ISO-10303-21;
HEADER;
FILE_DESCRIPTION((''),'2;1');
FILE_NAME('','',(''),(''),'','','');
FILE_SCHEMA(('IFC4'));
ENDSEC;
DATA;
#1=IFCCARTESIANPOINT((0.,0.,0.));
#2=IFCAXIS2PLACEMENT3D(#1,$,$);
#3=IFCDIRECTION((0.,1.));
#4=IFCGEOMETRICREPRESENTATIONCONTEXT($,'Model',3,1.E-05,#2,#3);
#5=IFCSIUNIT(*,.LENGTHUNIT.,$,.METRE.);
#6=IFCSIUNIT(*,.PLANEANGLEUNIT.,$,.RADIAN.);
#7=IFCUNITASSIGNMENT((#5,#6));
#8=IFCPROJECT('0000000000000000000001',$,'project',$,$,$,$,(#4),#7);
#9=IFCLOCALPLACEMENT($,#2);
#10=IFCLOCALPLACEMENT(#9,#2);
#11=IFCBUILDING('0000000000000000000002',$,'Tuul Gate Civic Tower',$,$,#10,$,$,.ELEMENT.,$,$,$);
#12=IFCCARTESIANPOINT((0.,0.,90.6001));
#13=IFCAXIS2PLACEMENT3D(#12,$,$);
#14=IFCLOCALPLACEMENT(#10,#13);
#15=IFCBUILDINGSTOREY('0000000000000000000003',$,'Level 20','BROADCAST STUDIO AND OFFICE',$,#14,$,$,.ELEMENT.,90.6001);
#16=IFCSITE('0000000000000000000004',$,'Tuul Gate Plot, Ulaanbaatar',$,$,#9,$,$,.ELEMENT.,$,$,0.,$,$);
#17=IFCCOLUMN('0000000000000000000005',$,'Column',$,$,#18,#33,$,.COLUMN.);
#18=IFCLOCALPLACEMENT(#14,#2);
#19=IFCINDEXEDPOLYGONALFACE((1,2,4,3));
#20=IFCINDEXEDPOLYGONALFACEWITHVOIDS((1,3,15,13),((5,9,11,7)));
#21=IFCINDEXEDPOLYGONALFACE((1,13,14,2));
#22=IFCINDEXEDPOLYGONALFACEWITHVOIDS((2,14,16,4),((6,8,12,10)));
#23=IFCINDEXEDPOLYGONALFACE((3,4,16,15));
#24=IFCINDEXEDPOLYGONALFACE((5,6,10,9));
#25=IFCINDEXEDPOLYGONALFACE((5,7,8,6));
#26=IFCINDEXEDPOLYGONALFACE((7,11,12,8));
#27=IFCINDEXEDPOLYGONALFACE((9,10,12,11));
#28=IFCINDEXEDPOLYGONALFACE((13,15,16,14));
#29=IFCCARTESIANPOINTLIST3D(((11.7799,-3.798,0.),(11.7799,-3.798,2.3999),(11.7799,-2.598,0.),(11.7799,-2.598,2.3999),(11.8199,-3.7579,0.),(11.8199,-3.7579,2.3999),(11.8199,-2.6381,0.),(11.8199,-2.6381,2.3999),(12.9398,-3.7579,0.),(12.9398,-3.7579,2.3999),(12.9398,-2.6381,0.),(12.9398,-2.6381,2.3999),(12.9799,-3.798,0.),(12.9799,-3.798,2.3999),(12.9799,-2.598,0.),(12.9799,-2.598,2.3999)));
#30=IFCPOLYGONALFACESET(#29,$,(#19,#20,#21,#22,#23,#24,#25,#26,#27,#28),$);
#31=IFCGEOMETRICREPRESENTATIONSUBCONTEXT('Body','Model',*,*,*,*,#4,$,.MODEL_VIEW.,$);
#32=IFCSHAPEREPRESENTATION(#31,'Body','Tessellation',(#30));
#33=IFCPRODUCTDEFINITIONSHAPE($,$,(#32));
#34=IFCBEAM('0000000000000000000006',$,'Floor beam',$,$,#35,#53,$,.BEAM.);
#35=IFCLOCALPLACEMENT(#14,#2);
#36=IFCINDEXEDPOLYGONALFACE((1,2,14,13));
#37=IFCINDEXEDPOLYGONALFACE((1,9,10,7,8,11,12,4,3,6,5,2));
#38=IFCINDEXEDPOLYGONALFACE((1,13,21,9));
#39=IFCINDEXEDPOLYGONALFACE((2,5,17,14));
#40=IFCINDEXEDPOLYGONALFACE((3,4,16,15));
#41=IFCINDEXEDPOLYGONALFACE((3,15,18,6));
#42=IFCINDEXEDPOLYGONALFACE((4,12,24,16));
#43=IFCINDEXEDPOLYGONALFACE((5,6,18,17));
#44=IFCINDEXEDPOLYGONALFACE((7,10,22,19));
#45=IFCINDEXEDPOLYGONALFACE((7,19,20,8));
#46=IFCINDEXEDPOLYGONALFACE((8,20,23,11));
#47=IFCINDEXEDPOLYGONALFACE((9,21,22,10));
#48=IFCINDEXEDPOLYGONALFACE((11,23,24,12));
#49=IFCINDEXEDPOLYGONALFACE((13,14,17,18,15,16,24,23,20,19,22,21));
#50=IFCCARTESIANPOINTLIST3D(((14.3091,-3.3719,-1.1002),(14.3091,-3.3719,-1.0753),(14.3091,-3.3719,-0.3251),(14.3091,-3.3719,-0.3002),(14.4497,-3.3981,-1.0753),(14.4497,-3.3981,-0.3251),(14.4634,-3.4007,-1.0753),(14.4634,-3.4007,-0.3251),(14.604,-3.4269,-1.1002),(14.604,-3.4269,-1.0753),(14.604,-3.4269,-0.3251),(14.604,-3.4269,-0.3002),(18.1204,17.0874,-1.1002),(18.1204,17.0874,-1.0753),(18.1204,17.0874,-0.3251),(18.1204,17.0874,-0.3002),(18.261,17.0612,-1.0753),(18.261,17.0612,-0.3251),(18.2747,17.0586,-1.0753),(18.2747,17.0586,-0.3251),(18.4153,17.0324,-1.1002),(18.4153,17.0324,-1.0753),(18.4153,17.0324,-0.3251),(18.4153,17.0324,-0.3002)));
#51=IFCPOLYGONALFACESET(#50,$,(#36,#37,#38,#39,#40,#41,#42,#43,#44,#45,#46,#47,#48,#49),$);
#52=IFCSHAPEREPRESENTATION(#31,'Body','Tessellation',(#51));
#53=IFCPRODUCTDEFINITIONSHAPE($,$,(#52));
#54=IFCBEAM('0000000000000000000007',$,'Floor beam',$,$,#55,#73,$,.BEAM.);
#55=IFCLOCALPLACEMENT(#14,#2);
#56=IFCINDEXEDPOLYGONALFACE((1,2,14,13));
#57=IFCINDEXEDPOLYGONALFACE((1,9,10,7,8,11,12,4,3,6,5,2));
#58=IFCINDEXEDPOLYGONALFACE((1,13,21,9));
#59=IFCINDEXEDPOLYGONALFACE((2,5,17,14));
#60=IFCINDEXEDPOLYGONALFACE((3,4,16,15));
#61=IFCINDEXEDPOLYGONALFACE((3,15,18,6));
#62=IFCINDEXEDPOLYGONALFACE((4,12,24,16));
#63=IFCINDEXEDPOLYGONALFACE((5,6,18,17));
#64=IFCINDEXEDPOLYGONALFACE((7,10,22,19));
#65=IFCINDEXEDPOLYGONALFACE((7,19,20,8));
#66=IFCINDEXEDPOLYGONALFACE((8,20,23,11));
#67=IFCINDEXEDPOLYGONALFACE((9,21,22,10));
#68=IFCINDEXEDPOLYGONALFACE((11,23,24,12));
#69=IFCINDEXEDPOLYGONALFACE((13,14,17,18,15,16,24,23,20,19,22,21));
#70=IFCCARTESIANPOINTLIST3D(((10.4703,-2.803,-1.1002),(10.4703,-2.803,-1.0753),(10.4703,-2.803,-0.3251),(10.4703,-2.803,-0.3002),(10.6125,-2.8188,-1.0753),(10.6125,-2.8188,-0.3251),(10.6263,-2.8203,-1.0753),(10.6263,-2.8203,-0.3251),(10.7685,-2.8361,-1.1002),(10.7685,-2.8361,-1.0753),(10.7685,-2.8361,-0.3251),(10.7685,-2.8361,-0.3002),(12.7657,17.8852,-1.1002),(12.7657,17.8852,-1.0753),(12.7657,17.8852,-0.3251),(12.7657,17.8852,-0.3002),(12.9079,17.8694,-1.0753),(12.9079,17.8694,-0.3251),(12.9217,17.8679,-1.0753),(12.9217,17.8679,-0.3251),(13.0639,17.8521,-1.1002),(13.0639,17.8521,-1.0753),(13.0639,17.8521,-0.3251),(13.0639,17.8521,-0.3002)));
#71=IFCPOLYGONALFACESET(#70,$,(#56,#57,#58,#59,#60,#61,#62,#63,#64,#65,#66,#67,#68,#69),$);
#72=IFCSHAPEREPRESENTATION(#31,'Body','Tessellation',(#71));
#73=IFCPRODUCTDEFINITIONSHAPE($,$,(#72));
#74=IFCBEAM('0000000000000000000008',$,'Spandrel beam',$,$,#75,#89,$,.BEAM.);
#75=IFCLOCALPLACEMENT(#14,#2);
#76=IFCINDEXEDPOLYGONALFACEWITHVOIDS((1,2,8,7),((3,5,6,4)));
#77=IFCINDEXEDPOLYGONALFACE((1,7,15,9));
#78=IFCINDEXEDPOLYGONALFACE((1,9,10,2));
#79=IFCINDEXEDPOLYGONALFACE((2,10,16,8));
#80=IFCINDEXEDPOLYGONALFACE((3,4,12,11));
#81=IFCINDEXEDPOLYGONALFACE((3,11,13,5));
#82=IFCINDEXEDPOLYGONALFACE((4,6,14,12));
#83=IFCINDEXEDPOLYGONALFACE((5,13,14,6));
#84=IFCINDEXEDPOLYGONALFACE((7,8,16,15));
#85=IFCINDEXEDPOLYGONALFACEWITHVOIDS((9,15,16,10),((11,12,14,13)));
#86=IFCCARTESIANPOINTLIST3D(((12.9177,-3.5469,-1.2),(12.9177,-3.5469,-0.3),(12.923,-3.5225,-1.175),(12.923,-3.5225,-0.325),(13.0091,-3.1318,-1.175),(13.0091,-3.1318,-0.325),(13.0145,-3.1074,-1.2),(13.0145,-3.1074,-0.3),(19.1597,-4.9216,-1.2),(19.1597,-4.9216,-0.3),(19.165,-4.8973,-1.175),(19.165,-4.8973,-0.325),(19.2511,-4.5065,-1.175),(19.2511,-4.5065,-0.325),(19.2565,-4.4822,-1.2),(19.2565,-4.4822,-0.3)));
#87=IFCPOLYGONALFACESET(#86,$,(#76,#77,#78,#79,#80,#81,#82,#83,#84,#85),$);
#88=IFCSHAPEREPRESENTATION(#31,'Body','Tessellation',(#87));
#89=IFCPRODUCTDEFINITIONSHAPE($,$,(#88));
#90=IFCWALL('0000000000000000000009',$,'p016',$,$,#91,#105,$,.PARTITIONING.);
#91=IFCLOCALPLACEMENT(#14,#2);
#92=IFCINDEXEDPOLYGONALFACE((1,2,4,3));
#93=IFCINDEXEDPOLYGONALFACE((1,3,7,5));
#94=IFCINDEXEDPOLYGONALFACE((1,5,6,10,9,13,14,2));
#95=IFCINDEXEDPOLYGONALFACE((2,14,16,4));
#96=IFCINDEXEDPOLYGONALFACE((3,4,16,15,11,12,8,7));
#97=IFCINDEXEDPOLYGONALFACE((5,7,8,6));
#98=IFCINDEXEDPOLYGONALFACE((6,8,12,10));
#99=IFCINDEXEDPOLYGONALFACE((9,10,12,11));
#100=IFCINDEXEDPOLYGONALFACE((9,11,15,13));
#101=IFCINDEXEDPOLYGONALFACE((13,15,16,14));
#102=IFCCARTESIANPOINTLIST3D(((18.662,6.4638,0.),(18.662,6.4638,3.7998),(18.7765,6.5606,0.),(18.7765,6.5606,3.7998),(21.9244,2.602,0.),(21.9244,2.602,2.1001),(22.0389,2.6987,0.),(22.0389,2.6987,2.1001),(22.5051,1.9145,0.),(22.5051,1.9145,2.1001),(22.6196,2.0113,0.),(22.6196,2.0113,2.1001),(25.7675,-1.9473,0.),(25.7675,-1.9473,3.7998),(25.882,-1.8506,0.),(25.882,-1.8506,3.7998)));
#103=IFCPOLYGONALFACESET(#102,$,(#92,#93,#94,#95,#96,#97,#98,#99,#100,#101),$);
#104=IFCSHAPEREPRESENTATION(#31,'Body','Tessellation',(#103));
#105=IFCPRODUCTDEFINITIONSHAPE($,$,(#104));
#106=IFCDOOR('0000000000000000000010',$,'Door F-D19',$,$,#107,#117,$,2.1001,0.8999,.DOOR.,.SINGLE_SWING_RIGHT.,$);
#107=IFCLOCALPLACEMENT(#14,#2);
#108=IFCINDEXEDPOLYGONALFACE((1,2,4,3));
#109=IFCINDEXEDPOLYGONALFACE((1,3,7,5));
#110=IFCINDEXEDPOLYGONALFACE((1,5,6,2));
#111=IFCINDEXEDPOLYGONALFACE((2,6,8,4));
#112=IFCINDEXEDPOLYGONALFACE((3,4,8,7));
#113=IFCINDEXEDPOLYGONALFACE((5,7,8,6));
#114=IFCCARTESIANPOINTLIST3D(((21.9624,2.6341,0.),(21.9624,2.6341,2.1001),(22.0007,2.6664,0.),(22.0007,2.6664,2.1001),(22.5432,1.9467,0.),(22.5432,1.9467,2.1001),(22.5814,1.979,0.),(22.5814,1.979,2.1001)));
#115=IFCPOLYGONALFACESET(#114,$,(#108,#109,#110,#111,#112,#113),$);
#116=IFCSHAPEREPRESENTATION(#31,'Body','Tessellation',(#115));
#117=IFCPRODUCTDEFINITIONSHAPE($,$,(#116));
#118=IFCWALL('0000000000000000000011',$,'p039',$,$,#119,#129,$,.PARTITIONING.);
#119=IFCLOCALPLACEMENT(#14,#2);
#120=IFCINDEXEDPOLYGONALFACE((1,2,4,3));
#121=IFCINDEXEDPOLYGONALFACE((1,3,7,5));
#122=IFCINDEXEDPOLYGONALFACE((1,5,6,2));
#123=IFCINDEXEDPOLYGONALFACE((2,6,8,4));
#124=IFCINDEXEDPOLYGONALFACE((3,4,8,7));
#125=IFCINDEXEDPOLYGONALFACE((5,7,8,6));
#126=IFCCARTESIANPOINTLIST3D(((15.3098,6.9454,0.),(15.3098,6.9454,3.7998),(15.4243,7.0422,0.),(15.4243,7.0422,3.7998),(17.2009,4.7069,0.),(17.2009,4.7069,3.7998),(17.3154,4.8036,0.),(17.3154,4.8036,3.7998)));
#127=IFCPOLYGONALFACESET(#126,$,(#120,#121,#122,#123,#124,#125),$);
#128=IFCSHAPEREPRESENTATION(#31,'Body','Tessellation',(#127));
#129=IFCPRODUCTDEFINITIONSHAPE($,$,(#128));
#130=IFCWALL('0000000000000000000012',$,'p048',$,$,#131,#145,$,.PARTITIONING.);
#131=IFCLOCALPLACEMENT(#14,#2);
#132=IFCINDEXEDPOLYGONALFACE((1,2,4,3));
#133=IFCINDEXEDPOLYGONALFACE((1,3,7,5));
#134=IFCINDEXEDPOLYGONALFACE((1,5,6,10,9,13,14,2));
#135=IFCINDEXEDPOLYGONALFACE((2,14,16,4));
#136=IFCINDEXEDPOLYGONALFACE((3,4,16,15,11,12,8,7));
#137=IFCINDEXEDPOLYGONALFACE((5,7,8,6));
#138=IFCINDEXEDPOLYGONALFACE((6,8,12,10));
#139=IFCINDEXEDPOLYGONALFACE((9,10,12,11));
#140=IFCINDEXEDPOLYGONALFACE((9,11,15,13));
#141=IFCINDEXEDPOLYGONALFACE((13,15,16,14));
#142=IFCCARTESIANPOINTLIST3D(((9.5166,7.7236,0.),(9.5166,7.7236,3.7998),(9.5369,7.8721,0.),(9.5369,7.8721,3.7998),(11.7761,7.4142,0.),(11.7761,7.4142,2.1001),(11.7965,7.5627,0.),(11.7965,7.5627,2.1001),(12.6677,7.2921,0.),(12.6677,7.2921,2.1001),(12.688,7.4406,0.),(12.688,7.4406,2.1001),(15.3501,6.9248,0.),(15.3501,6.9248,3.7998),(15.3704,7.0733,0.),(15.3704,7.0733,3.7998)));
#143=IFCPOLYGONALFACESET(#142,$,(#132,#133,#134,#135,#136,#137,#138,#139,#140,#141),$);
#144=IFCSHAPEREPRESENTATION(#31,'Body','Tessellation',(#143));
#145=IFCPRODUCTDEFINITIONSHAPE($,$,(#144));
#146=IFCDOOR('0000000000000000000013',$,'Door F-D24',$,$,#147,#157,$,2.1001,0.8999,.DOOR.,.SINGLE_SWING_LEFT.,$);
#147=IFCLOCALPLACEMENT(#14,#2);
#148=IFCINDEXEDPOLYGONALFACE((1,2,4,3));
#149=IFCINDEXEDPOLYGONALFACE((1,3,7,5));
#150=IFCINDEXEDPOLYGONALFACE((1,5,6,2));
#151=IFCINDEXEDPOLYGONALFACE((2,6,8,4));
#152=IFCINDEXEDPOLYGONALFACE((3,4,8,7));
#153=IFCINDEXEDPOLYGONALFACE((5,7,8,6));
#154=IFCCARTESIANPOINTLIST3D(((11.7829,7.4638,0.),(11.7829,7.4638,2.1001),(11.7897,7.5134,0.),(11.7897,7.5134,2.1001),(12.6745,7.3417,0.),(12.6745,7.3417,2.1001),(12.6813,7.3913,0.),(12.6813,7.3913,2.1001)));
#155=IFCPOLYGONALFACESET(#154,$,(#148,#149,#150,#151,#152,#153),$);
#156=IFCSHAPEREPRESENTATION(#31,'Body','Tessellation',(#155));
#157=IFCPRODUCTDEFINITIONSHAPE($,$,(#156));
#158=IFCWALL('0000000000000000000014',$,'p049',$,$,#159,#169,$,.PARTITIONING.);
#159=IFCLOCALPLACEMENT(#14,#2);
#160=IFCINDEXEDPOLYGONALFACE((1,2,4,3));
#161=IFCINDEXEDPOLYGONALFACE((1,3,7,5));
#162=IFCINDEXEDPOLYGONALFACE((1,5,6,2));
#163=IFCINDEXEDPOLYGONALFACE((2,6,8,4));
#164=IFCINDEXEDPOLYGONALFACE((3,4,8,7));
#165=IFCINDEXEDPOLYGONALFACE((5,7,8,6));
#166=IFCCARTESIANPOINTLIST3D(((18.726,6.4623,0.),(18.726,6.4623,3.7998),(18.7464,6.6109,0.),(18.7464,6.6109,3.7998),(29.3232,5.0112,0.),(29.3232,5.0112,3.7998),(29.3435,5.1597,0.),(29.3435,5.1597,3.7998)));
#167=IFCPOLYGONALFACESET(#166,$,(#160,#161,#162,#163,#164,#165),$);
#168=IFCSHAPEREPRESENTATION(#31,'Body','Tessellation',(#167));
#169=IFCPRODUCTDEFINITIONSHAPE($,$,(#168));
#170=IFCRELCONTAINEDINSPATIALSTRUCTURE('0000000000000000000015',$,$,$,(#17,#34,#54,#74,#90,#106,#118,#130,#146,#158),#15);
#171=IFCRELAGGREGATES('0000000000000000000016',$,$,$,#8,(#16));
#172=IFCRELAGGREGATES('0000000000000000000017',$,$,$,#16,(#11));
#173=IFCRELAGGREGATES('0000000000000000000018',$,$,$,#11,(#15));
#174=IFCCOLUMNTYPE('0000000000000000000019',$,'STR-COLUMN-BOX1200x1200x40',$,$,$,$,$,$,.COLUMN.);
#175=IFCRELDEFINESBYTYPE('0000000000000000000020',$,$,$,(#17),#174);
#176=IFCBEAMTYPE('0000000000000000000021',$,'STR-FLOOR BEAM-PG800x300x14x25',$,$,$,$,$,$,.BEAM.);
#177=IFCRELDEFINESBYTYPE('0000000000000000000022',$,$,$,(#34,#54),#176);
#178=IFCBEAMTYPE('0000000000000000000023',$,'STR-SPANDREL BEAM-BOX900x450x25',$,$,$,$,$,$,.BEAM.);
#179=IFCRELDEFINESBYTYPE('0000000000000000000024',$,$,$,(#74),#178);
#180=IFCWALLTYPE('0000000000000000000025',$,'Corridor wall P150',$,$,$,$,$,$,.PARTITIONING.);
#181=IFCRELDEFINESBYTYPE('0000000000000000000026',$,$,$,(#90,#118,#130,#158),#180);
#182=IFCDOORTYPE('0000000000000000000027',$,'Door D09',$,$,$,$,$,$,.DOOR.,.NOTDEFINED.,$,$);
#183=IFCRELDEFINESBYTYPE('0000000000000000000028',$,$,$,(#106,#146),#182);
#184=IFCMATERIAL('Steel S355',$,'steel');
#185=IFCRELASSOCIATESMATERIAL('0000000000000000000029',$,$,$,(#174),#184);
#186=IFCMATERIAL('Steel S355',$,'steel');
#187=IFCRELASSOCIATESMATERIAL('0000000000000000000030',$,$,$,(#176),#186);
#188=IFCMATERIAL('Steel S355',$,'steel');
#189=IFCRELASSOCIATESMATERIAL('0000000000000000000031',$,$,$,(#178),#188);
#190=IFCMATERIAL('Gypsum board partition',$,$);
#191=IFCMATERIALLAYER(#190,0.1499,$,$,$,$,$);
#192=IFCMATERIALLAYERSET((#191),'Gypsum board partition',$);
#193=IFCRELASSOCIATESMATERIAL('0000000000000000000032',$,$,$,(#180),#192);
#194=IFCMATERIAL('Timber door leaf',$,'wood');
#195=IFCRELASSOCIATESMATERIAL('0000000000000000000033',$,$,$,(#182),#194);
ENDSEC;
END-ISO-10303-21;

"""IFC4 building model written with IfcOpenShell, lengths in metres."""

from ifc_helpers import new_model, si_unit, direction, frame, frame_2d, origin, origin_2d, place, context, subcontext, project, spatial, rectangle, hollow_rectangle, i_section, extrude, material, layer, layer_set, material_profile, profile_set, type_object, element, fill, save


model = new_model("IFC4")

# Units and contexts
model_context = context("Model", 3, precision=1e-05, world=origin(), true_north=direction((0.0, 1.0)))
body_context = subcontext(model_context, "Body", "Model", "MODEL_VIEW")
ifc_project = project(units=[si_unit("LENGTHUNIT", "METRE"), si_unit("PLANEANGLEUNIT", "RADIAN")], contexts=[model_context])

# Site, building, storey
site_placement = place(None, origin())
site = spatial("IfcSite", under=ifc_project, at=site_placement, Name="Tuul Gate Plot, Ulaanbaatar", CompositionType="ELEMENT", RefElevation=0.0)
building_placement = place(site_placement, origin())
building = spatial("IfcBuilding", under=site, at=building_placement, Name="Tuul Gate Civic Tower", CompositionType="ELEMENT")
storey_placement = place(building_placement, frame((0.0, 0.0, 90.6001)))
storey = spatial("IfcBuildingStorey", under=building, at=storey_placement, Name="Level 20", Description="BROADCAST STUDIO AND OFFICE", CompositionType="ELEMENT", Elevation=90.6001)

# Column
ifc_material_1 = material(Name="Steel S355", Category="steel")
ifc_material_profile_1 = material_profile(ifc_material_1, hollow_rectangle(XDim=1.2, YDim=1.2, WallThickness=0.04, at=origin_2d()), Name="BOX1200x1200x40")
ifc_profile_set_1 = profile_set([ifc_material_profile_1], Name="Steel S355")
column_type = type_object("IfcColumnType", Name="STR-COLUMN-BOX1200x1200x40", PredefinedType="COLUMN", material=ifc_profile_set_1)
column_placement = place(storey_placement, frame((12.3799, -3.198, 0.0), z_axis=(0.0, 0.0, 1.0), x_axis=(1.0, 0.0, 0.0)))
element("IfcColumn", 1, at=column_placement, inside=storey, type_object=column_type, Name="Column", PredefinedType="COLUMN", context=body_context, shape_type="SweptSolid", body=[
    extrude(hollow_rectangle(XDim=1.2, YDim=1.2, WallThickness=0.04, at=origin_2d()), origin(), (0.0, 0.0, 1.0), 2.3999),
])

# Beams
ifc_material_2 = material(Name="Steel S355", Category="steel")
ifc_material_profile_2 = material_profile(ifc_material_2, i_section(OverallWidth=0.3, OverallDepth=0.8, WebThickness=0.0139, FlangeThickness=0.0249, at=origin_2d()), Name="PG800x300x14x25")
ifc_profile_set_2 = profile_set([ifc_material_profile_2], Name="Steel S355")
beam_type_1 = type_object("IfcBeamType", Name="STR-FLOOR BEAM-PG800x300x14x25", PredefinedType="BEAM", material=ifc_profile_set_2)
beam_1_placement = place(storey_placement, frame((14.4565, -3.3994, -0.7002), z_axis=(0.183136, 0.983088, 0.0), x_axis=(-0.983088, 0.183136, 0.0)))
element("IfcBeam", 2, at=beam_1_placement, inside=storey, type_object=beam_type_1, Name="Floor beam", PredefinedType="BEAM", context=body_context, shape_type="SweptSolid", body=[
    extrude(i_section(OverallWidth=0.3, OverallDepth=0.8, WebThickness=0.0139, FlangeThickness=0.0249, at=origin_2d()), origin(), (0.0, 0.0, 1.0), 20.8113),
])
beam_2_placement = place(storey_placement, frame((10.6194, -2.8196, -0.7002), z_axis=(0.110276, 0.993901, 0.0), x_axis=(-0.993901, 0.110276, 0.0)))
element("IfcBeam", 3, at=beam_2_placement, inside=storey, type_object=beam_type_1, Name="Floor beam", PredefinedType="BEAM", context=body_context, shape_type="SweptSolid", body=[
    extrude(i_section(OverallWidth=0.3, OverallDepth=0.8, WebThickness=0.0139, FlangeThickness=0.0249, at=origin_2d()), origin(), (0.0, 0.0, 1.0), 20.8152),
])
ifc_material_3 = material(Name="Steel S355", Category="steel")
ifc_material_profile_3 = material_profile(ifc_material_3, hollow_rectangle(XDim=0.45, YDim=0.8999, WallThickness=0.0249, at=origin_2d()), Name="BOX900x450x25")
ifc_profile_set_3 = profile_set([ifc_material_profile_3], Name="Steel S355")
beam_type_2 = type_object("IfcBeamType", Name="STR-SPANDREL BEAM-BOX900x450x25", PredefinedType="BEAM", material=ifc_profile_set_3)
beam_3_placement = place(storey_placement, frame((12.9661, -3.3271, -0.75), z_axis=(0.976594, -0.21509, 0.0), x_axis=(0.21509, 0.976594, 0.0)))
element("IfcBeam", 4, at=beam_3_placement, inside=storey, type_object=beam_type_2, Name="Spandrel beam", PredefinedType="BEAM", context=body_context, shape_type="SweptSolid", body=[
    extrude(hollow_rectangle(XDim=0.45, YDim=0.8999, WallThickness=0.0249, at=origin_2d()), origin(), (0.0, 0.0, 1.0), 6.3916),
])

# Wall, opening, door
ifc_material_4 = material(Name="Gypsum board partition")
ifc_layer_1 = layer(ifc_material_4, 0.1499)
ifc_layer_set_1 = layer_set([ifc_layer_1], Name="Gypsum board partition")
wall_type_1 = type_object("IfcWallType", Name="Corridor wall P150", PredefinedType="PARTITIONING", material=ifc_layer_set_1)
wall_1_placement = place(storey_placement, frame((18.7192, 6.5122, 0.0), z_axis=(0.0, 0.0, 1.0), x_axis=(0.645326, -0.763907, 0.0)))
wall_1 = element("IfcWall", 5, at=wall_1_placement, inside=storey, type_object=wall_type_1, Name="p016", PredefinedType="PARTITIONING", context=body_context, shape_type="SweptSolid", body=[
    extrude(rectangle(XDim=11.0107, YDim=0.1499, at=frame_2d((5.5054, 0.0))), origin(), (0.0, 0.0, 1.0), 3.7998),
])
opening_1_placement = place(wall_1_placement, frame((5.0554, 0.0, 0.0)))
opening_1 = element("IfcOpeningElement", 6, at=opening_1_placement, cuts=wall_1, PredefinedType="OPENING", context=body_context, shape_type="SweptSolid", body=[
    extrude(rectangle(XDim=0.8999, YDim=2.1001, at=frame_2d((0.45, 1.05))), frame((0.0, 0.085, 0.0), z_axis=(0.0, -1.0, 0.0), x_axis=(1.0, 0.0, 0.0)), (0.0, 0.0, 1.0), 0.1699),
])
ifc_material_5 = material(Name="Timber door leaf", Category="wood")
door_type = type_object("IfcDoorType", Name="Door D09", OperationType="NOTDEFINED", PredefinedType="DOOR", material=ifc_material_5)
door_1_placement = place(opening_1_placement, origin())
door_1 = element("IfcDoor", 7, at=door_1_placement, inside=storey, type_object=door_type, Name="Door F-D19", OperationType="SINGLE_SWING_RIGHT", OverallHeight=2.1001, OverallWidth=0.8999, PredefinedType="DOOR", context=body_context, shape_type="SweptSolid", body=[
    extrude(rectangle(XDim=0.8999, YDim=2.1001, at=frame_2d((0.45, 1.05))), frame((0.0, 0.0249, 0.0), z_axis=(0.0, -1.0, 0.0), x_axis=(1.0, 0.0, 0.0)), (0.0, 0.0, 1.0), 0.05),
])
fill(opening_1, door_1)

# Wall
wall_2_placement = place(storey_placement, frame((15.3669, 6.9939, 0.0), z_axis=(0.0, 0.0, 1.0), x_axis=(0.645341, -0.763895, 0.0)))
element("IfcWall", 8, at=wall_2_placement, inside=storey, type_object=wall_type_1, Name="p039", PredefinedType="PARTITIONING", context=body_context, shape_type="SweptSolid", body=[
    extrude(rectangle(XDim=2.9304, YDim=0.1499, at=frame_2d((1.4653, 0.0))), origin(), (0.0, 0.0, 1.0), 3.7998),
])

# Wall, opening, door
wall_3_placement = place(storey_placement, frame((9.5269, 7.7979, 0.0), z_axis=(0.0, 0.0, 1.0), x_axis=(0.990754, -0.135672, 0.0)))
wall_3 = element("IfcWall", 9, at=wall_3_placement, inside=storey, type_object=wall_type_1, Name="p048", PredefinedType="PARTITIONING", context=body_context, shape_type="SweptSolid", body=[
    extrude(rectangle(XDim=5.8879, YDim=0.1499, at=frame_2d((2.9438, 0.0))), origin(), (0.0, 0.0, 1.0), 3.7998),
])
opening_2_placement = place(wall_3_placement, frame((2.2805, 0.0, 0.0)))
opening_2 = element("IfcOpeningElement", 10, at=opening_2_placement, cuts=wall_3, PredefinedType="OPENING", context=body_context, shape_type="SweptSolid", body=[
    extrude(rectangle(XDim=0.8999, YDim=2.1001, at=frame_2d((0.45, 1.05))), frame((0.0, 0.085, 0.0), z_axis=(0.0, -1.0, 0.0), x_axis=(1.0, 0.0, 0.0)), (0.0, 0.0, 1.0), 0.1699),
])
door_2_placement = place(opening_2_placement, frame((0.8999, 0.0, 0.0), z_axis=(0.0, 0.0, 1.0), x_axis=(-1.0, 0.0, 0.0)))
door_2 = element("IfcDoor", 11, at=door_2_placement, inside=storey, type_object=door_type, Name="Door F-D24", OperationType="SINGLE_SWING_LEFT", OverallHeight=2.1001, OverallWidth=0.8999, PredefinedType="DOOR", context=body_context, shape_type="SweptSolid", body=[
    extrude(rectangle(XDim=0.8999, YDim=2.1001, at=frame_2d((0.45, 1.05))), frame((0.0, 0.0249, 0.0), z_axis=(0.0, -1.0, 0.0), x_axis=(1.0, 0.0, 0.0)), (0.0, 0.0, 1.0), 0.05),
])
fill(opening_2, door_2)

# Wall
wall_4_placement = place(storey_placement, frame((18.7361, 6.5366, 0.0), z_axis=(0.0, 0.0, 1.0), x_axis=(0.990754, -0.135673, 0.0)))
element("IfcWall", 12, at=wall_4_placement, inside=storey, type_object=wall_type_1, Name="p049", PredefinedType="PARTITIONING", context=body_context, shape_type="SweptSolid", body=[
    extrude(rectangle(XDim=10.696, YDim=0.1499, at=frame_2d((5.3481, 0.0))), origin(), (0.0, 0.0, 1.0), 3.7998),
])

save(model, "model.ifc")
